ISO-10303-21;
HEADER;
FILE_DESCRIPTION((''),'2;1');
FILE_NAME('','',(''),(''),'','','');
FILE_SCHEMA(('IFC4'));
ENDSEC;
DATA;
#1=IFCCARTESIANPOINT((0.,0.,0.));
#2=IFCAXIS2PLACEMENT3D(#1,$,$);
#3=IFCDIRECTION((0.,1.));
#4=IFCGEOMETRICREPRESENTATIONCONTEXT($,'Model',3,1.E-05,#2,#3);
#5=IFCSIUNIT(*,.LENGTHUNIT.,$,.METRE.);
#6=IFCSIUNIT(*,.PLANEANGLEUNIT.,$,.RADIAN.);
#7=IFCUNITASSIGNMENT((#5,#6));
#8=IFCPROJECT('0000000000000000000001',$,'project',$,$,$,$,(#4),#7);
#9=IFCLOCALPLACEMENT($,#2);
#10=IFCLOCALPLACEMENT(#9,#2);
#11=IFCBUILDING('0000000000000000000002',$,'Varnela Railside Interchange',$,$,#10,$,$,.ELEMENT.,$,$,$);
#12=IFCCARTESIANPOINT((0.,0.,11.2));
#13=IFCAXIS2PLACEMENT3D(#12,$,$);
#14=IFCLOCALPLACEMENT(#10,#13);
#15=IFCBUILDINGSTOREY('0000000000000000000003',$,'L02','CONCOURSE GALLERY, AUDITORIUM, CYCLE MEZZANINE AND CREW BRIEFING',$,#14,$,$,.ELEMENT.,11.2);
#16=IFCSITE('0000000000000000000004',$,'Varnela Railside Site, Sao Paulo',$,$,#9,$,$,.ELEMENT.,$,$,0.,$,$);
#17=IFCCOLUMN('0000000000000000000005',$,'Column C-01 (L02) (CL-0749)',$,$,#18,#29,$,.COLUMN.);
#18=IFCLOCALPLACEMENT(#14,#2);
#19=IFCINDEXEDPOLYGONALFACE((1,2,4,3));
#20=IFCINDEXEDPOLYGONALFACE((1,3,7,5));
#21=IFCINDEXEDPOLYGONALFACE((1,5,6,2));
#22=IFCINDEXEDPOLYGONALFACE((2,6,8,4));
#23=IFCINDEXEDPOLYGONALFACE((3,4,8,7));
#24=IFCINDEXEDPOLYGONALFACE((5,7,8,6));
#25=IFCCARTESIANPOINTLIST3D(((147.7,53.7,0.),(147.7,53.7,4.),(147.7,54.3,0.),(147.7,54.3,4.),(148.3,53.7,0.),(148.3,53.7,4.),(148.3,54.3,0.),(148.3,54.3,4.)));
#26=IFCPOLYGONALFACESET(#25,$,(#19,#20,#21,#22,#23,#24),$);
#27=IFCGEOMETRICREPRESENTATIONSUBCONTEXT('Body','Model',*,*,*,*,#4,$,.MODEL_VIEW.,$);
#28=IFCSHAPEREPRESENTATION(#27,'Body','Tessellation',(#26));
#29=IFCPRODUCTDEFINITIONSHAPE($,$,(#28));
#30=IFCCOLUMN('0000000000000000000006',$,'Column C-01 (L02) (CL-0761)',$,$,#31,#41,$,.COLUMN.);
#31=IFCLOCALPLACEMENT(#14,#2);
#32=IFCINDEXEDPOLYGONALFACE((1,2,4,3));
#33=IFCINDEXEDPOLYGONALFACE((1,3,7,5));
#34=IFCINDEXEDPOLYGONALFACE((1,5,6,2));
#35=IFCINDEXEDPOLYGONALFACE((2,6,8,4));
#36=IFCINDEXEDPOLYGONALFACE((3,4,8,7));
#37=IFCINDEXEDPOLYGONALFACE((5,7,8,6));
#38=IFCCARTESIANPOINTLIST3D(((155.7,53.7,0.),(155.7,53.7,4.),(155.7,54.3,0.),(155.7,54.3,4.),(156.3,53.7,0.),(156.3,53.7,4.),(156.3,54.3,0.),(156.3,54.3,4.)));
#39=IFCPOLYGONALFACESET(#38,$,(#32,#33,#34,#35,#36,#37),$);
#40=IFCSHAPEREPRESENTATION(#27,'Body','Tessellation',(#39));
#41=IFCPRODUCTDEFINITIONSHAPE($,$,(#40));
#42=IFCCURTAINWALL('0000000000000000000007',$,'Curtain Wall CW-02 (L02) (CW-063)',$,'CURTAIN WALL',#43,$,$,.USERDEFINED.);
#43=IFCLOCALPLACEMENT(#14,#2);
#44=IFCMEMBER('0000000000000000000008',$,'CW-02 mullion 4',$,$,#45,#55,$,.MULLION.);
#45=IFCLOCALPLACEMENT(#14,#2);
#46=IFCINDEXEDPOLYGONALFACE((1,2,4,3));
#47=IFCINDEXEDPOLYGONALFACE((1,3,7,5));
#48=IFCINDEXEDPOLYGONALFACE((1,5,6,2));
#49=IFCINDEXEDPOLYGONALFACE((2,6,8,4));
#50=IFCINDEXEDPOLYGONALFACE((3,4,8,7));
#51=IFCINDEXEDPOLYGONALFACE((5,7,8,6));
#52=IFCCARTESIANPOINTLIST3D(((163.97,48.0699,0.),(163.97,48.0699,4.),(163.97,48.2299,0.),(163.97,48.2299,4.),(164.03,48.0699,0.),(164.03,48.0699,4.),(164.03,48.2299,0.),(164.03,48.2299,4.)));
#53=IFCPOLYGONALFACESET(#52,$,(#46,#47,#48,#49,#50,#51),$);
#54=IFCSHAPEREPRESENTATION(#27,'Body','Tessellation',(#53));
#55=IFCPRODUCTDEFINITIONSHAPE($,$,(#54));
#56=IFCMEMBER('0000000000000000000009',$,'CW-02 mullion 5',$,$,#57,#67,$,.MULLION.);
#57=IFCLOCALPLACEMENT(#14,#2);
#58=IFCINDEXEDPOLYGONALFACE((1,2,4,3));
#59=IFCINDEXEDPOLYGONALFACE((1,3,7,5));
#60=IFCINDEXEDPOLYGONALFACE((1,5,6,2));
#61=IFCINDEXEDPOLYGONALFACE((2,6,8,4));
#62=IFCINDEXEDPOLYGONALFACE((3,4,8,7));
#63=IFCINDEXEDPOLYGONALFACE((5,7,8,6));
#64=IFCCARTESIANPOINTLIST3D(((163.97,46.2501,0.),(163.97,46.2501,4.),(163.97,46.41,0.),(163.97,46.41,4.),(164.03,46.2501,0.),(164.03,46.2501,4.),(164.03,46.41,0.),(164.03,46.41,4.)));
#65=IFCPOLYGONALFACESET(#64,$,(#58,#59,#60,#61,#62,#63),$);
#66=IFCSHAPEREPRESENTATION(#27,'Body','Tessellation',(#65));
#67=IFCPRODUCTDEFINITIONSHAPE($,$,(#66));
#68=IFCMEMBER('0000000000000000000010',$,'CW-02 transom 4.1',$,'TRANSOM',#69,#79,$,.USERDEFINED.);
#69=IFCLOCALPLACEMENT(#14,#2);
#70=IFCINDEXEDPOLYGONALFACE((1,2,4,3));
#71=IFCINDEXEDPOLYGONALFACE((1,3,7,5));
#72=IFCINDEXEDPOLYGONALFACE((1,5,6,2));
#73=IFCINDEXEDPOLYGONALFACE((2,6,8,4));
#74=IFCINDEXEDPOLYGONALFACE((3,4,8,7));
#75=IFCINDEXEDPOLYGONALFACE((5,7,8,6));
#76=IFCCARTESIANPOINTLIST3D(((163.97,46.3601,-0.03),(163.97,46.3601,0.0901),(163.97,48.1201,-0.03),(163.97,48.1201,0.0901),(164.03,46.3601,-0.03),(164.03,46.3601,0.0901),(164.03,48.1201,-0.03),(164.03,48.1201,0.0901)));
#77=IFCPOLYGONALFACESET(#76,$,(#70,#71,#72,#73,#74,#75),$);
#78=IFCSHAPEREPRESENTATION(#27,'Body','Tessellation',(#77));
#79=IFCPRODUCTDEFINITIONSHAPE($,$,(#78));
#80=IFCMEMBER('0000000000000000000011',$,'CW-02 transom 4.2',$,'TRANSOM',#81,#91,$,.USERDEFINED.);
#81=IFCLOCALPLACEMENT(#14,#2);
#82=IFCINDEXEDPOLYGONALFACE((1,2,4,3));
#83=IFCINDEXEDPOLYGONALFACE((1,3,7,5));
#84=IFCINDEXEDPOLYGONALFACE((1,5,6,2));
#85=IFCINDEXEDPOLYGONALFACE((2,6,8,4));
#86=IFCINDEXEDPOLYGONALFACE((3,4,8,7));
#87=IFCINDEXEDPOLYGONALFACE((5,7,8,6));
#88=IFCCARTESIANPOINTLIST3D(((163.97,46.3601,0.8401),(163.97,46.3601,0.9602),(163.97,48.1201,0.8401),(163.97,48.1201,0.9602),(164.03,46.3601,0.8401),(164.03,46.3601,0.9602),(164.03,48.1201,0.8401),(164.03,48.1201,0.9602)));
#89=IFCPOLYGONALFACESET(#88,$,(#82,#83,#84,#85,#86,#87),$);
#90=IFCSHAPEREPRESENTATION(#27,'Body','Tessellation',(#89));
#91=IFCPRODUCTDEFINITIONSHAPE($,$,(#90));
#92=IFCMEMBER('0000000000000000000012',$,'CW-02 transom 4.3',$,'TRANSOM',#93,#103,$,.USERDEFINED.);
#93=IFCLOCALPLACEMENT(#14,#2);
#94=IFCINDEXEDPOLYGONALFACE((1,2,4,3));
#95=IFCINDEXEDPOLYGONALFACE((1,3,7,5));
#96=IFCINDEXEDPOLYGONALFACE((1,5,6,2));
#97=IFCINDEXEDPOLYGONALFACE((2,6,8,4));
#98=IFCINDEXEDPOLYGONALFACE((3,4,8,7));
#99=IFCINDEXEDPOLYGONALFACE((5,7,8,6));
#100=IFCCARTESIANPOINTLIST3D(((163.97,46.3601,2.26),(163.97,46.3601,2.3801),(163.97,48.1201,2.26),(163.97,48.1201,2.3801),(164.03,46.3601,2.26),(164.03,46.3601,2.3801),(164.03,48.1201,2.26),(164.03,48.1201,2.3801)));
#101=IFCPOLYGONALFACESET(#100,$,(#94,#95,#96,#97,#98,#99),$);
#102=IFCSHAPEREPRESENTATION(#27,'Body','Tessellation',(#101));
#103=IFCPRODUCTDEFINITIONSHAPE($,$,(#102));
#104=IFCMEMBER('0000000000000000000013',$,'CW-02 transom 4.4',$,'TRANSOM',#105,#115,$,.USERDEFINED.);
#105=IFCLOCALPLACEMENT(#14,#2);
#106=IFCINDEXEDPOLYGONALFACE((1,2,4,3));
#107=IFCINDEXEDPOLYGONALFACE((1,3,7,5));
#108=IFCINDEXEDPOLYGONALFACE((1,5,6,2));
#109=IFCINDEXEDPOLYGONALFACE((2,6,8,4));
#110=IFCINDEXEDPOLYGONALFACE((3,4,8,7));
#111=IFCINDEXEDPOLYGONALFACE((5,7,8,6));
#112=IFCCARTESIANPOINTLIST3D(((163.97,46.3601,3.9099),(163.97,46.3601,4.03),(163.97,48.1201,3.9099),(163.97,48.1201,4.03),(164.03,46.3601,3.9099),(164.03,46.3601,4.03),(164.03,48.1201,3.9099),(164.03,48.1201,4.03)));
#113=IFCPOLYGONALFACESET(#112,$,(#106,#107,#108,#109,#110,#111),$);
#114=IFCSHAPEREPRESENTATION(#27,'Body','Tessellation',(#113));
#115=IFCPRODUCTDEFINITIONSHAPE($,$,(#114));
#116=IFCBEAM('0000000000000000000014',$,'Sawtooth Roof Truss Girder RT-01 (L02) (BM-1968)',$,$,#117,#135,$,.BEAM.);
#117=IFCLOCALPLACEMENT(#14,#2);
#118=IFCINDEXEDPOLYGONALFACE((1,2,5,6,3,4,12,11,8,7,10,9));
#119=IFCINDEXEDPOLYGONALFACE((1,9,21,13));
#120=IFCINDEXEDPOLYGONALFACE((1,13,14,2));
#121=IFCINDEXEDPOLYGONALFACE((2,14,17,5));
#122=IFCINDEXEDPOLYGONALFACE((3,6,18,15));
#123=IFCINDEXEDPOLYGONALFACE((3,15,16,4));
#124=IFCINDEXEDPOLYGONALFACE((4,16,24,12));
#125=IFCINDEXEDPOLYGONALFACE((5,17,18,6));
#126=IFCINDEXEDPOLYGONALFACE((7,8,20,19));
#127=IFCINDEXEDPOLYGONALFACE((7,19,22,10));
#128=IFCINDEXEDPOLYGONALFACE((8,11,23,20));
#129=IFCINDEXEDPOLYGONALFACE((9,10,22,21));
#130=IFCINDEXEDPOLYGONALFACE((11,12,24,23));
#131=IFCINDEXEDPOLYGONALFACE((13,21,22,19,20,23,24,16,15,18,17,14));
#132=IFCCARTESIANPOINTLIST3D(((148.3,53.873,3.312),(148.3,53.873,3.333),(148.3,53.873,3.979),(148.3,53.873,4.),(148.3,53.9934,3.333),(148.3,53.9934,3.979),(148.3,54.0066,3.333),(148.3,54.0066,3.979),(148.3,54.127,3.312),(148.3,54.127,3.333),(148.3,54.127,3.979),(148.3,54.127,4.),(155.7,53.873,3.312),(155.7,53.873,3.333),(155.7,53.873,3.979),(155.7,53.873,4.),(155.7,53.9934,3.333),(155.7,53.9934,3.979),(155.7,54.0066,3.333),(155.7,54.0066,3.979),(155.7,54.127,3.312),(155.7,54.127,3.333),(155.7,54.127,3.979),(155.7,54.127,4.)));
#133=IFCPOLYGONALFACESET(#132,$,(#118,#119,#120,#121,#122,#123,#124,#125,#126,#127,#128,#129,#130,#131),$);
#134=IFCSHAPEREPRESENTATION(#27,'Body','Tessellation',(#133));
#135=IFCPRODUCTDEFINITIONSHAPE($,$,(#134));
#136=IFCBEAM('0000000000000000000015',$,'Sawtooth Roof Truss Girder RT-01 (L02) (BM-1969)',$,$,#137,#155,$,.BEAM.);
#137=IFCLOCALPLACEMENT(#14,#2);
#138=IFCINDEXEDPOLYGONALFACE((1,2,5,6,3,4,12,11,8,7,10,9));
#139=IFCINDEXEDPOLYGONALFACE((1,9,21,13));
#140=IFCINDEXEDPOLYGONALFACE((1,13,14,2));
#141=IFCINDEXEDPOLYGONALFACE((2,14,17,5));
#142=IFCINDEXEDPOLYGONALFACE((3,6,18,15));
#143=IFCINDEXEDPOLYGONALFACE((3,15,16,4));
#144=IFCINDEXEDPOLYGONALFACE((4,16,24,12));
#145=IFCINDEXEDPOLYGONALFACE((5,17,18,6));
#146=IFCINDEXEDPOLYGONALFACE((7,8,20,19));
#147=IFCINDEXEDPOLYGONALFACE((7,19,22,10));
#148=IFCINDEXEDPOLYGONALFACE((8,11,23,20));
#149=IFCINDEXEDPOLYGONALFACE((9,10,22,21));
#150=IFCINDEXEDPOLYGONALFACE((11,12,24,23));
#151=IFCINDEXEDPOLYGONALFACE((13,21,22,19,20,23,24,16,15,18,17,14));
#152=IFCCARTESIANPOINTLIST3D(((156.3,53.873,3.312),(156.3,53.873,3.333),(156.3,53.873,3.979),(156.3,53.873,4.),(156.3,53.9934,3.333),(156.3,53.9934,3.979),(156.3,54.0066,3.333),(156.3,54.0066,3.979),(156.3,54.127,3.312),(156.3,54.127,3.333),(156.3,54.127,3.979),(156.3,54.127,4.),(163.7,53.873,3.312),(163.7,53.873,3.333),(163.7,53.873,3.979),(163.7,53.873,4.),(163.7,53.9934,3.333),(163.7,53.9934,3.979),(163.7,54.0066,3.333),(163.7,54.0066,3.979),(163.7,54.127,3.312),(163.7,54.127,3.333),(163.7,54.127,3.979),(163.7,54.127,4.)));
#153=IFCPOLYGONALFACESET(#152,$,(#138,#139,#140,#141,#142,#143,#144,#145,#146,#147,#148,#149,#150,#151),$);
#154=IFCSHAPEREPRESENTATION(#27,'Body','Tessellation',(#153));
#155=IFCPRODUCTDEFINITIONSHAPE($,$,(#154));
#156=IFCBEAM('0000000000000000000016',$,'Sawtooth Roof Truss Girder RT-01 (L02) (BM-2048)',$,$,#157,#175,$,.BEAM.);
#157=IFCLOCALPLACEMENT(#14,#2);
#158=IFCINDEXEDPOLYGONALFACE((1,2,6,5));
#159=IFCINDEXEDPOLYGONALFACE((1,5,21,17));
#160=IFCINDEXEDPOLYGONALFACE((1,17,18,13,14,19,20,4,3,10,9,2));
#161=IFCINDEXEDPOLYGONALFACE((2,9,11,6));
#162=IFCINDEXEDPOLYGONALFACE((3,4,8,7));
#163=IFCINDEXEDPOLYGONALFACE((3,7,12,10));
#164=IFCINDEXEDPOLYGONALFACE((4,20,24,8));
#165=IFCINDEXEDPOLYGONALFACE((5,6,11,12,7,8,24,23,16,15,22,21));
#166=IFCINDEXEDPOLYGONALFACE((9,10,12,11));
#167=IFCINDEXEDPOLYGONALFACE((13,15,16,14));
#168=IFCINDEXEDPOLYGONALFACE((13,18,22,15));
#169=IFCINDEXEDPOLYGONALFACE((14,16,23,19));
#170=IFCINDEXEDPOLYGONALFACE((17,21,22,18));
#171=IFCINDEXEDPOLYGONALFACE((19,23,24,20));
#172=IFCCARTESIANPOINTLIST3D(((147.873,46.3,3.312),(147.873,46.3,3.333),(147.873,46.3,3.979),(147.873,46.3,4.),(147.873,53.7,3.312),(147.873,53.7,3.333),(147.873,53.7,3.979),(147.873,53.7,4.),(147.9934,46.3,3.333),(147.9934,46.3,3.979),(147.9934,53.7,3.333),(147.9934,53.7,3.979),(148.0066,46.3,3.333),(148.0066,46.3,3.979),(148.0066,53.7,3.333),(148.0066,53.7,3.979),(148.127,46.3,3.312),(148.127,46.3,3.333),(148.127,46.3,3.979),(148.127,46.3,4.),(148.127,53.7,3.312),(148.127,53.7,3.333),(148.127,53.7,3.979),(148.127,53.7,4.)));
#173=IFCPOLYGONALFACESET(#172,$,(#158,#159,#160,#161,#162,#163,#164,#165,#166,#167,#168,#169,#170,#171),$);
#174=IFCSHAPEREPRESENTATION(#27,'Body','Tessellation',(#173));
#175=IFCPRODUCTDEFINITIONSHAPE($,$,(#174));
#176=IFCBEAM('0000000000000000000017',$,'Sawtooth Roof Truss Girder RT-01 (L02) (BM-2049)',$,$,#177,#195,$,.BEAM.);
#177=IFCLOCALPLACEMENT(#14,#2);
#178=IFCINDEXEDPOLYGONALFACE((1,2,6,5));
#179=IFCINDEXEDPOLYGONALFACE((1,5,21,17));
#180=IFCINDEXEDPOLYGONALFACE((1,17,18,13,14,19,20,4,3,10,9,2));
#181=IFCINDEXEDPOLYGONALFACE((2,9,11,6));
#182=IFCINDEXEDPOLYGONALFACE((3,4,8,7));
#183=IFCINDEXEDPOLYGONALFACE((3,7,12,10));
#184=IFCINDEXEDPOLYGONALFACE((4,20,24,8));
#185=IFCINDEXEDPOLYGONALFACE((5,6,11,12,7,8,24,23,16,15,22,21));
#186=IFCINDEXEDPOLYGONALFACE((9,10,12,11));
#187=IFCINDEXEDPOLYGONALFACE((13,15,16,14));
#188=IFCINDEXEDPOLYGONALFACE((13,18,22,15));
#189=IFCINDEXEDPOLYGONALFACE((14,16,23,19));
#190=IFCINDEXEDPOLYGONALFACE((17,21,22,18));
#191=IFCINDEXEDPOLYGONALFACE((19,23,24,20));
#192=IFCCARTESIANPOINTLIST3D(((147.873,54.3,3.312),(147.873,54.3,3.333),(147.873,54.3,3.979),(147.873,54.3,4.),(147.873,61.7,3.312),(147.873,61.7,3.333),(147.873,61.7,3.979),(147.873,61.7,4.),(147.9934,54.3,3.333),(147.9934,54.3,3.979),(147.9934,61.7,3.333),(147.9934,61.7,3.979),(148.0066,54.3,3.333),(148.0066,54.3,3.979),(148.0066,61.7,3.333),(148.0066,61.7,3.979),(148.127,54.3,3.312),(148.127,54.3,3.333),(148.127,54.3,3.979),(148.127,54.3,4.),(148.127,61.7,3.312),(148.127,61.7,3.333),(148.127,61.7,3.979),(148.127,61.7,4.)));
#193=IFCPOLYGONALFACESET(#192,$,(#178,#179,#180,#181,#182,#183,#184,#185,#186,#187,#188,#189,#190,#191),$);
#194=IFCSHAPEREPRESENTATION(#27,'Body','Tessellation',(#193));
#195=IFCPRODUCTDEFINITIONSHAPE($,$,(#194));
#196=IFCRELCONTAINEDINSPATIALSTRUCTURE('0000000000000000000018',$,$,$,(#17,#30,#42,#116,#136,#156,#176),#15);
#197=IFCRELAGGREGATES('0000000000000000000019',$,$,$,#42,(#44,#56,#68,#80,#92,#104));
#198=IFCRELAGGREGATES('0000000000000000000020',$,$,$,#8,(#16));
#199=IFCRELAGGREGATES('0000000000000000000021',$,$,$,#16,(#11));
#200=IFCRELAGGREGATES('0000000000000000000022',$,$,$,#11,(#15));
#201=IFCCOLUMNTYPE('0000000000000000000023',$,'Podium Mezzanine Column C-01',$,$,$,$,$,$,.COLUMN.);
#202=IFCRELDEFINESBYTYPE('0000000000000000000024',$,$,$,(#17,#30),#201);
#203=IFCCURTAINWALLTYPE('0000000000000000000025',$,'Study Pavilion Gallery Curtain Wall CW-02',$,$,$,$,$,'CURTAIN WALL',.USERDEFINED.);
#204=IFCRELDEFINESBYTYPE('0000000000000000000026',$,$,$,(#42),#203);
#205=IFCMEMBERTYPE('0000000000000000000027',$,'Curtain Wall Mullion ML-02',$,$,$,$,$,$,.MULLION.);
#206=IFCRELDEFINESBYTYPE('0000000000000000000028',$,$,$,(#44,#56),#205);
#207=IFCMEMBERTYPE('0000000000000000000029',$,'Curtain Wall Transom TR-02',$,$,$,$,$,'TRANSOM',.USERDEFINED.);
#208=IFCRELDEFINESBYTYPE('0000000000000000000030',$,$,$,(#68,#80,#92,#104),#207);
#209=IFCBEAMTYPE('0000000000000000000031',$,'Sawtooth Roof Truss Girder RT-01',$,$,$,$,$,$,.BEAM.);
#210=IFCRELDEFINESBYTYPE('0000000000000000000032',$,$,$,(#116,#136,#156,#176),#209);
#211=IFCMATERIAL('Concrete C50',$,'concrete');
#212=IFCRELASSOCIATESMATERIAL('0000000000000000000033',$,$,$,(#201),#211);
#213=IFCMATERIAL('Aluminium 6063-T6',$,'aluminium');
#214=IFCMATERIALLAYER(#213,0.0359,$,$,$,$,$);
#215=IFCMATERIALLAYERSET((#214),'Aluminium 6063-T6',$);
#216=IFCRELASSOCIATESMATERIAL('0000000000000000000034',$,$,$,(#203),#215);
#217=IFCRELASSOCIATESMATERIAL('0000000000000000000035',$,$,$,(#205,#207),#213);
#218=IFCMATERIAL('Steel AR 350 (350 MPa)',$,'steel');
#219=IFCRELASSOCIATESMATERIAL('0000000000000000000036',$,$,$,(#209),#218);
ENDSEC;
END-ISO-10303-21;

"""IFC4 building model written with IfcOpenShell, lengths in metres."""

from ifc_helpers import new_model, si_unit, direction, frame, origin, origin_2d, place, context, subcontext, project, spatial, rectangle, i_section, extrude, material, layer, layer_set, material_profile, profile_set, type_object, element, aggregate, save


model = new_model("IFC4")

# Units and contexts
model_context = context("Model", 3, precision=1e-05, world=origin(), true_north=direction((0.0, 1.0)))
body_context = subcontext(model_context, "Body", "Model", "MODEL_VIEW")
ifc_project = project(units=[si_unit("LENGTHUNIT", "METRE"), si_unit("PLANEANGLEUNIT", "RADIAN")], contexts=[model_context])

# Site, building, storey
site_placement = place(None, origin())
site = spatial("IfcSite", under=ifc_project, at=site_placement, Name="Varnela Railside Site, Sao Paulo", CompositionType="ELEMENT", RefElevation=0.0)
building_placement = place(site_placement, origin())
building = spatial("IfcBuilding", under=site, at=building_placement, Name="Varnela Railside Interchange", CompositionType="ELEMENT")
storey_placement = place(building_placement, frame((0.0, 0.0, 11.2)))
storey = spatial("IfcBuildingStorey", under=building, at=storey_placement, Name="L02", Description="CONCOURSE GALLERY, AUDITORIUM, CYCLE MEZZANINE AND CREW BRIEFING", CompositionType="ELEMENT", Elevation=11.2)

# Columns
ifc_material_1 = material(Name="Concrete C50", Category="concrete")
ifc_material_profile_1 = material_profile(ifc_material_1, rectangle(XDim=0.6001, YDim=0.6001, at=origin_2d()), Name="RC 600x600")
ifc_profile_set_1 = profile_set([ifc_material_profile_1], Name="Concrete C50")
column_type = type_object("IfcColumnType", Name="Podium Mezzanine Column C-01", PredefinedType="COLUMN", material=ifc_profile_set_1)
for number, where, z_axis, x_axis, name in (
    (1, (148.0, 54.0, 0.0), (0.0, 0.0, 1.0), (1.0, 0.0, 0.0), "Column C-01 (L02) (CL-0749)"),
    (2, (156.0, 54.0, 0.0), (0.0, 0.0, 1.0), (1.0, 0.0, 0.0), "Column C-01 (L02) (CL-0761)"),
):
    element("IfcColumn", number, at=place(storey_placement, frame(where, z_axis=z_axis, x_axis=x_axis)), inside=storey, type_object=column_type, Name=name, PredefinedType="COLUMN", context=body_context, shape_type="SweptSolid", body=[
        extrude(rectangle(XDim=0.6001, YDim=0.6001, at=origin_2d()), origin(), (0.0, 0.0, 1.0), 4.0),
    ])

# Curtain wall, members
ifc_material_2 = material(Name="Aluminium 6063-T6", Category="aluminium")
ifc_layer_1 = layer(ifc_material_2, 0.0359)
ifc_layer_set_1 = layer_set([ifc_layer_1], Name="Aluminium 6063-T6")
curtain_wall_type = type_object("IfcCurtainWallType", Name="Study Pavilion Gallery Curtain Wall CW-02", ElementType="CURTAIN WALL", PredefinedType="USERDEFINED", material=ifc_layer_set_1)
curtain_wall_placement = place(storey_placement, origin())
curtain_wall = element("IfcCurtainWall", 3, at=curtain_wall_placement, inside=storey, type_object=curtain_wall_type, Name="Curtain Wall CW-02 (L02) (CW-063)", ObjectType="CURTAIN WALL", PredefinedType="USERDEFINED")
ifc_material_profile_2 = material_profile(ifc_material_2, rectangle(XDim=0.0601, YDim=0.1599, at=origin_2d()), Name="ALU 60x160")
ifc_profile_set_2 = profile_set([ifc_material_profile_2], Name="Aluminium 6063-T6")
member_type_1 = type_object("IfcMemberType", Name="Curtain Wall Mullion ML-02", PredefinedType="MULLION", material=ifc_profile_set_2)
member_1_placement = place(storey_placement, frame((164.0, 48.1499, 0.0), z_axis=(0.0, 0.0, 1.0), x_axis=(1.0, 0.0, 0.0)))
member_1 = element("IfcMember", 4, at=member_1_placement, type_object=member_type_1, Name="CW-02 mullion 4", PredefinedType="MULLION", context=body_context, shape_type="SweptSolid", body=[
    extrude(rectangle(XDim=0.0601, YDim=0.1599, at=origin_2d()), origin(), (0.0, 0.0, 1.0), 4.0),
])
member_2_placement = place(storey_placement, frame((164.0, 46.3301, 0.0), z_axis=(0.0, 0.0, 1.0), x_axis=(1.0, 0.0, 0.0)))
member_2 = element("IfcMember", 5, at=member_2_placement, type_object=member_type_1, Name="CW-02 mullion 5", PredefinedType="MULLION", context=body_context, shape_type="SweptSolid", body=[
    extrude(rectangle(XDim=0.0601, YDim=0.1599, at=origin_2d()), origin(), (0.0, 0.0, 1.0), 4.0),
])
ifc_material_profile_3 = material_profile(ifc_material_2, rectangle(XDim=0.0601, YDim=0.1201, at=origin_2d()), Name="ALU 60x120")
ifc_profile_set_3 = profile_set([ifc_material_profile_3], Name="Aluminium 6063-T6")
member_type_2 = type_object("IfcMemberType", Name="Curtain Wall Transom TR-02", ElementType="TRANSOM", PredefinedType="USERDEFINED", material=ifc_profile_set_3)
member_3_placement = place(storey_placement, frame((164.0, 48.1201, 0.03), z_axis=(0.0, -1.0, 0.0), x_axis=(1.0, 0.0, 0.0)))
member_3 = element("IfcMember", 6, at=member_3_placement, type_object=member_type_2, Name="CW-02 transom 4.1", ObjectType="TRANSOM", PredefinedType="USERDEFINED", context=body_context, shape_type="SweptSolid", body=[
    extrude(rectangle(XDim=0.0601, YDim=0.1201, at=origin_2d()), origin(), (0.0, 0.0, 1.0), 1.76),
])
member_4_placement = place(storey_placement, frame((164.0, 48.1201, 0.9001), z_axis=(0.0, -1.0, 0.0), x_axis=(1.0, 0.0, 0.0)))
member_4 = element("IfcMember", 7, at=member_4_placement, type_object=member_type_2, Name="CW-02 transom 4.2", ObjectType="TRANSOM", PredefinedType="USERDEFINED", context=body_context, shape_type="SweptSolid", body=[
    extrude(rectangle(XDim=0.0601, YDim=0.1201, at=origin_2d()), origin(), (0.0, 0.0, 1.0), 1.76),
])
member_5_placement = place(storey_placement, frame((164.0, 48.1201, 2.3201), z_axis=(0.0, -1.0, 0.0), x_axis=(1.0, 0.0, 0.0)))
member_5 = element("IfcMember", 8, at=member_5_placement, type_object=member_type_2, Name="CW-02 transom 4.3", ObjectType="TRANSOM", PredefinedType="USERDEFINED", context=body_context, shape_type="SweptSolid", body=[
    extrude(rectangle(XDim=0.0601, YDim=0.1201, at=origin_2d()), origin(), (0.0, 0.0, 1.0), 1.76),
])
member_6_placement = place(storey_placement, frame((164.0, 48.1201, 3.97), z_axis=(0.0, -1.0, 0.0), x_axis=(1.0, 0.0, 0.0)))
member_6 = element("IfcMember", 9, at=member_6_placement, type_object=member_type_2, Name="CW-02 transom 4.4", ObjectType="TRANSOM", PredefinedType="USERDEFINED", context=body_context, shape_type="SweptSolid", body=[
    extrude(rectangle(XDim=0.0601, YDim=0.1201, at=origin_2d()), origin(), (0.0, 0.0, 1.0), 1.76),
])

# Beams
ifc_material_3 = material(Name="Steel AR 350 (350 MPa)", Category="steel")
ifc_material_profile_4 = material_profile(ifc_material_3, i_section(OverallWidth=0.2539, OverallDepth=0.688, WebThickness=0.0132, FlangeThickness=0.021, at=origin_2d()), Name="W690x152")
ifc_profile_set_4 = profile_set([ifc_material_profile_4], Name="Steel AR 350 (350 MPa)")
beam_type = type_object("IfcBeamType", Name="Sawtooth Roof Truss Girder RT-01", PredefinedType="BEAM", material=ifc_profile_set_4)
for number, where, z_axis, x_axis, name in (
    (10, (148.3, 54.0, 3.656), (1.0, 0.0, 0.0), (0.0, 1.0, 0.0), "Sawtooth Roof Truss Girder RT-01 (L02) (BM-1968)"),
    (11, (156.3, 54.0, 3.656), (1.0, 0.0, 0.0), (0.0, 1.0, 0.0), "Sawtooth Roof Truss Girder RT-01 (L02) (BM-1969)"),
    (12, (148.0, 46.3, 3.656), (0.0, 1.0, 0.0), (-1.0, 0.0, 0.0), "Sawtooth Roof Truss Girder RT-01 (L02) (BM-2048)"),
    (13, (148.0, 54.3, 3.656), (0.0, 1.0, 0.0), (-1.0, 0.0, 0.0), "Sawtooth Roof Truss Girder RT-01 (L02) (BM-2049)"),
):
    element("IfcBeam", number, at=place(storey_placement, frame(where, z_axis=z_axis, x_axis=x_axis)), inside=storey, type_object=beam_type, Name=name, PredefinedType="BEAM", context=body_context, shape_type="SweptSolid", body=[
        extrude(i_section(OverallWidth=0.2539, OverallDepth=0.688, WebThickness=0.0132, FlangeThickness=0.021, at=origin_2d()), origin(), (0.0, 0.0, 1.0), 7.3999),
    ])

aggregate(curtain_wall, [member_1, member_2, member_3, member_4, member_5, member_6])

save(model, "model.ifc")
